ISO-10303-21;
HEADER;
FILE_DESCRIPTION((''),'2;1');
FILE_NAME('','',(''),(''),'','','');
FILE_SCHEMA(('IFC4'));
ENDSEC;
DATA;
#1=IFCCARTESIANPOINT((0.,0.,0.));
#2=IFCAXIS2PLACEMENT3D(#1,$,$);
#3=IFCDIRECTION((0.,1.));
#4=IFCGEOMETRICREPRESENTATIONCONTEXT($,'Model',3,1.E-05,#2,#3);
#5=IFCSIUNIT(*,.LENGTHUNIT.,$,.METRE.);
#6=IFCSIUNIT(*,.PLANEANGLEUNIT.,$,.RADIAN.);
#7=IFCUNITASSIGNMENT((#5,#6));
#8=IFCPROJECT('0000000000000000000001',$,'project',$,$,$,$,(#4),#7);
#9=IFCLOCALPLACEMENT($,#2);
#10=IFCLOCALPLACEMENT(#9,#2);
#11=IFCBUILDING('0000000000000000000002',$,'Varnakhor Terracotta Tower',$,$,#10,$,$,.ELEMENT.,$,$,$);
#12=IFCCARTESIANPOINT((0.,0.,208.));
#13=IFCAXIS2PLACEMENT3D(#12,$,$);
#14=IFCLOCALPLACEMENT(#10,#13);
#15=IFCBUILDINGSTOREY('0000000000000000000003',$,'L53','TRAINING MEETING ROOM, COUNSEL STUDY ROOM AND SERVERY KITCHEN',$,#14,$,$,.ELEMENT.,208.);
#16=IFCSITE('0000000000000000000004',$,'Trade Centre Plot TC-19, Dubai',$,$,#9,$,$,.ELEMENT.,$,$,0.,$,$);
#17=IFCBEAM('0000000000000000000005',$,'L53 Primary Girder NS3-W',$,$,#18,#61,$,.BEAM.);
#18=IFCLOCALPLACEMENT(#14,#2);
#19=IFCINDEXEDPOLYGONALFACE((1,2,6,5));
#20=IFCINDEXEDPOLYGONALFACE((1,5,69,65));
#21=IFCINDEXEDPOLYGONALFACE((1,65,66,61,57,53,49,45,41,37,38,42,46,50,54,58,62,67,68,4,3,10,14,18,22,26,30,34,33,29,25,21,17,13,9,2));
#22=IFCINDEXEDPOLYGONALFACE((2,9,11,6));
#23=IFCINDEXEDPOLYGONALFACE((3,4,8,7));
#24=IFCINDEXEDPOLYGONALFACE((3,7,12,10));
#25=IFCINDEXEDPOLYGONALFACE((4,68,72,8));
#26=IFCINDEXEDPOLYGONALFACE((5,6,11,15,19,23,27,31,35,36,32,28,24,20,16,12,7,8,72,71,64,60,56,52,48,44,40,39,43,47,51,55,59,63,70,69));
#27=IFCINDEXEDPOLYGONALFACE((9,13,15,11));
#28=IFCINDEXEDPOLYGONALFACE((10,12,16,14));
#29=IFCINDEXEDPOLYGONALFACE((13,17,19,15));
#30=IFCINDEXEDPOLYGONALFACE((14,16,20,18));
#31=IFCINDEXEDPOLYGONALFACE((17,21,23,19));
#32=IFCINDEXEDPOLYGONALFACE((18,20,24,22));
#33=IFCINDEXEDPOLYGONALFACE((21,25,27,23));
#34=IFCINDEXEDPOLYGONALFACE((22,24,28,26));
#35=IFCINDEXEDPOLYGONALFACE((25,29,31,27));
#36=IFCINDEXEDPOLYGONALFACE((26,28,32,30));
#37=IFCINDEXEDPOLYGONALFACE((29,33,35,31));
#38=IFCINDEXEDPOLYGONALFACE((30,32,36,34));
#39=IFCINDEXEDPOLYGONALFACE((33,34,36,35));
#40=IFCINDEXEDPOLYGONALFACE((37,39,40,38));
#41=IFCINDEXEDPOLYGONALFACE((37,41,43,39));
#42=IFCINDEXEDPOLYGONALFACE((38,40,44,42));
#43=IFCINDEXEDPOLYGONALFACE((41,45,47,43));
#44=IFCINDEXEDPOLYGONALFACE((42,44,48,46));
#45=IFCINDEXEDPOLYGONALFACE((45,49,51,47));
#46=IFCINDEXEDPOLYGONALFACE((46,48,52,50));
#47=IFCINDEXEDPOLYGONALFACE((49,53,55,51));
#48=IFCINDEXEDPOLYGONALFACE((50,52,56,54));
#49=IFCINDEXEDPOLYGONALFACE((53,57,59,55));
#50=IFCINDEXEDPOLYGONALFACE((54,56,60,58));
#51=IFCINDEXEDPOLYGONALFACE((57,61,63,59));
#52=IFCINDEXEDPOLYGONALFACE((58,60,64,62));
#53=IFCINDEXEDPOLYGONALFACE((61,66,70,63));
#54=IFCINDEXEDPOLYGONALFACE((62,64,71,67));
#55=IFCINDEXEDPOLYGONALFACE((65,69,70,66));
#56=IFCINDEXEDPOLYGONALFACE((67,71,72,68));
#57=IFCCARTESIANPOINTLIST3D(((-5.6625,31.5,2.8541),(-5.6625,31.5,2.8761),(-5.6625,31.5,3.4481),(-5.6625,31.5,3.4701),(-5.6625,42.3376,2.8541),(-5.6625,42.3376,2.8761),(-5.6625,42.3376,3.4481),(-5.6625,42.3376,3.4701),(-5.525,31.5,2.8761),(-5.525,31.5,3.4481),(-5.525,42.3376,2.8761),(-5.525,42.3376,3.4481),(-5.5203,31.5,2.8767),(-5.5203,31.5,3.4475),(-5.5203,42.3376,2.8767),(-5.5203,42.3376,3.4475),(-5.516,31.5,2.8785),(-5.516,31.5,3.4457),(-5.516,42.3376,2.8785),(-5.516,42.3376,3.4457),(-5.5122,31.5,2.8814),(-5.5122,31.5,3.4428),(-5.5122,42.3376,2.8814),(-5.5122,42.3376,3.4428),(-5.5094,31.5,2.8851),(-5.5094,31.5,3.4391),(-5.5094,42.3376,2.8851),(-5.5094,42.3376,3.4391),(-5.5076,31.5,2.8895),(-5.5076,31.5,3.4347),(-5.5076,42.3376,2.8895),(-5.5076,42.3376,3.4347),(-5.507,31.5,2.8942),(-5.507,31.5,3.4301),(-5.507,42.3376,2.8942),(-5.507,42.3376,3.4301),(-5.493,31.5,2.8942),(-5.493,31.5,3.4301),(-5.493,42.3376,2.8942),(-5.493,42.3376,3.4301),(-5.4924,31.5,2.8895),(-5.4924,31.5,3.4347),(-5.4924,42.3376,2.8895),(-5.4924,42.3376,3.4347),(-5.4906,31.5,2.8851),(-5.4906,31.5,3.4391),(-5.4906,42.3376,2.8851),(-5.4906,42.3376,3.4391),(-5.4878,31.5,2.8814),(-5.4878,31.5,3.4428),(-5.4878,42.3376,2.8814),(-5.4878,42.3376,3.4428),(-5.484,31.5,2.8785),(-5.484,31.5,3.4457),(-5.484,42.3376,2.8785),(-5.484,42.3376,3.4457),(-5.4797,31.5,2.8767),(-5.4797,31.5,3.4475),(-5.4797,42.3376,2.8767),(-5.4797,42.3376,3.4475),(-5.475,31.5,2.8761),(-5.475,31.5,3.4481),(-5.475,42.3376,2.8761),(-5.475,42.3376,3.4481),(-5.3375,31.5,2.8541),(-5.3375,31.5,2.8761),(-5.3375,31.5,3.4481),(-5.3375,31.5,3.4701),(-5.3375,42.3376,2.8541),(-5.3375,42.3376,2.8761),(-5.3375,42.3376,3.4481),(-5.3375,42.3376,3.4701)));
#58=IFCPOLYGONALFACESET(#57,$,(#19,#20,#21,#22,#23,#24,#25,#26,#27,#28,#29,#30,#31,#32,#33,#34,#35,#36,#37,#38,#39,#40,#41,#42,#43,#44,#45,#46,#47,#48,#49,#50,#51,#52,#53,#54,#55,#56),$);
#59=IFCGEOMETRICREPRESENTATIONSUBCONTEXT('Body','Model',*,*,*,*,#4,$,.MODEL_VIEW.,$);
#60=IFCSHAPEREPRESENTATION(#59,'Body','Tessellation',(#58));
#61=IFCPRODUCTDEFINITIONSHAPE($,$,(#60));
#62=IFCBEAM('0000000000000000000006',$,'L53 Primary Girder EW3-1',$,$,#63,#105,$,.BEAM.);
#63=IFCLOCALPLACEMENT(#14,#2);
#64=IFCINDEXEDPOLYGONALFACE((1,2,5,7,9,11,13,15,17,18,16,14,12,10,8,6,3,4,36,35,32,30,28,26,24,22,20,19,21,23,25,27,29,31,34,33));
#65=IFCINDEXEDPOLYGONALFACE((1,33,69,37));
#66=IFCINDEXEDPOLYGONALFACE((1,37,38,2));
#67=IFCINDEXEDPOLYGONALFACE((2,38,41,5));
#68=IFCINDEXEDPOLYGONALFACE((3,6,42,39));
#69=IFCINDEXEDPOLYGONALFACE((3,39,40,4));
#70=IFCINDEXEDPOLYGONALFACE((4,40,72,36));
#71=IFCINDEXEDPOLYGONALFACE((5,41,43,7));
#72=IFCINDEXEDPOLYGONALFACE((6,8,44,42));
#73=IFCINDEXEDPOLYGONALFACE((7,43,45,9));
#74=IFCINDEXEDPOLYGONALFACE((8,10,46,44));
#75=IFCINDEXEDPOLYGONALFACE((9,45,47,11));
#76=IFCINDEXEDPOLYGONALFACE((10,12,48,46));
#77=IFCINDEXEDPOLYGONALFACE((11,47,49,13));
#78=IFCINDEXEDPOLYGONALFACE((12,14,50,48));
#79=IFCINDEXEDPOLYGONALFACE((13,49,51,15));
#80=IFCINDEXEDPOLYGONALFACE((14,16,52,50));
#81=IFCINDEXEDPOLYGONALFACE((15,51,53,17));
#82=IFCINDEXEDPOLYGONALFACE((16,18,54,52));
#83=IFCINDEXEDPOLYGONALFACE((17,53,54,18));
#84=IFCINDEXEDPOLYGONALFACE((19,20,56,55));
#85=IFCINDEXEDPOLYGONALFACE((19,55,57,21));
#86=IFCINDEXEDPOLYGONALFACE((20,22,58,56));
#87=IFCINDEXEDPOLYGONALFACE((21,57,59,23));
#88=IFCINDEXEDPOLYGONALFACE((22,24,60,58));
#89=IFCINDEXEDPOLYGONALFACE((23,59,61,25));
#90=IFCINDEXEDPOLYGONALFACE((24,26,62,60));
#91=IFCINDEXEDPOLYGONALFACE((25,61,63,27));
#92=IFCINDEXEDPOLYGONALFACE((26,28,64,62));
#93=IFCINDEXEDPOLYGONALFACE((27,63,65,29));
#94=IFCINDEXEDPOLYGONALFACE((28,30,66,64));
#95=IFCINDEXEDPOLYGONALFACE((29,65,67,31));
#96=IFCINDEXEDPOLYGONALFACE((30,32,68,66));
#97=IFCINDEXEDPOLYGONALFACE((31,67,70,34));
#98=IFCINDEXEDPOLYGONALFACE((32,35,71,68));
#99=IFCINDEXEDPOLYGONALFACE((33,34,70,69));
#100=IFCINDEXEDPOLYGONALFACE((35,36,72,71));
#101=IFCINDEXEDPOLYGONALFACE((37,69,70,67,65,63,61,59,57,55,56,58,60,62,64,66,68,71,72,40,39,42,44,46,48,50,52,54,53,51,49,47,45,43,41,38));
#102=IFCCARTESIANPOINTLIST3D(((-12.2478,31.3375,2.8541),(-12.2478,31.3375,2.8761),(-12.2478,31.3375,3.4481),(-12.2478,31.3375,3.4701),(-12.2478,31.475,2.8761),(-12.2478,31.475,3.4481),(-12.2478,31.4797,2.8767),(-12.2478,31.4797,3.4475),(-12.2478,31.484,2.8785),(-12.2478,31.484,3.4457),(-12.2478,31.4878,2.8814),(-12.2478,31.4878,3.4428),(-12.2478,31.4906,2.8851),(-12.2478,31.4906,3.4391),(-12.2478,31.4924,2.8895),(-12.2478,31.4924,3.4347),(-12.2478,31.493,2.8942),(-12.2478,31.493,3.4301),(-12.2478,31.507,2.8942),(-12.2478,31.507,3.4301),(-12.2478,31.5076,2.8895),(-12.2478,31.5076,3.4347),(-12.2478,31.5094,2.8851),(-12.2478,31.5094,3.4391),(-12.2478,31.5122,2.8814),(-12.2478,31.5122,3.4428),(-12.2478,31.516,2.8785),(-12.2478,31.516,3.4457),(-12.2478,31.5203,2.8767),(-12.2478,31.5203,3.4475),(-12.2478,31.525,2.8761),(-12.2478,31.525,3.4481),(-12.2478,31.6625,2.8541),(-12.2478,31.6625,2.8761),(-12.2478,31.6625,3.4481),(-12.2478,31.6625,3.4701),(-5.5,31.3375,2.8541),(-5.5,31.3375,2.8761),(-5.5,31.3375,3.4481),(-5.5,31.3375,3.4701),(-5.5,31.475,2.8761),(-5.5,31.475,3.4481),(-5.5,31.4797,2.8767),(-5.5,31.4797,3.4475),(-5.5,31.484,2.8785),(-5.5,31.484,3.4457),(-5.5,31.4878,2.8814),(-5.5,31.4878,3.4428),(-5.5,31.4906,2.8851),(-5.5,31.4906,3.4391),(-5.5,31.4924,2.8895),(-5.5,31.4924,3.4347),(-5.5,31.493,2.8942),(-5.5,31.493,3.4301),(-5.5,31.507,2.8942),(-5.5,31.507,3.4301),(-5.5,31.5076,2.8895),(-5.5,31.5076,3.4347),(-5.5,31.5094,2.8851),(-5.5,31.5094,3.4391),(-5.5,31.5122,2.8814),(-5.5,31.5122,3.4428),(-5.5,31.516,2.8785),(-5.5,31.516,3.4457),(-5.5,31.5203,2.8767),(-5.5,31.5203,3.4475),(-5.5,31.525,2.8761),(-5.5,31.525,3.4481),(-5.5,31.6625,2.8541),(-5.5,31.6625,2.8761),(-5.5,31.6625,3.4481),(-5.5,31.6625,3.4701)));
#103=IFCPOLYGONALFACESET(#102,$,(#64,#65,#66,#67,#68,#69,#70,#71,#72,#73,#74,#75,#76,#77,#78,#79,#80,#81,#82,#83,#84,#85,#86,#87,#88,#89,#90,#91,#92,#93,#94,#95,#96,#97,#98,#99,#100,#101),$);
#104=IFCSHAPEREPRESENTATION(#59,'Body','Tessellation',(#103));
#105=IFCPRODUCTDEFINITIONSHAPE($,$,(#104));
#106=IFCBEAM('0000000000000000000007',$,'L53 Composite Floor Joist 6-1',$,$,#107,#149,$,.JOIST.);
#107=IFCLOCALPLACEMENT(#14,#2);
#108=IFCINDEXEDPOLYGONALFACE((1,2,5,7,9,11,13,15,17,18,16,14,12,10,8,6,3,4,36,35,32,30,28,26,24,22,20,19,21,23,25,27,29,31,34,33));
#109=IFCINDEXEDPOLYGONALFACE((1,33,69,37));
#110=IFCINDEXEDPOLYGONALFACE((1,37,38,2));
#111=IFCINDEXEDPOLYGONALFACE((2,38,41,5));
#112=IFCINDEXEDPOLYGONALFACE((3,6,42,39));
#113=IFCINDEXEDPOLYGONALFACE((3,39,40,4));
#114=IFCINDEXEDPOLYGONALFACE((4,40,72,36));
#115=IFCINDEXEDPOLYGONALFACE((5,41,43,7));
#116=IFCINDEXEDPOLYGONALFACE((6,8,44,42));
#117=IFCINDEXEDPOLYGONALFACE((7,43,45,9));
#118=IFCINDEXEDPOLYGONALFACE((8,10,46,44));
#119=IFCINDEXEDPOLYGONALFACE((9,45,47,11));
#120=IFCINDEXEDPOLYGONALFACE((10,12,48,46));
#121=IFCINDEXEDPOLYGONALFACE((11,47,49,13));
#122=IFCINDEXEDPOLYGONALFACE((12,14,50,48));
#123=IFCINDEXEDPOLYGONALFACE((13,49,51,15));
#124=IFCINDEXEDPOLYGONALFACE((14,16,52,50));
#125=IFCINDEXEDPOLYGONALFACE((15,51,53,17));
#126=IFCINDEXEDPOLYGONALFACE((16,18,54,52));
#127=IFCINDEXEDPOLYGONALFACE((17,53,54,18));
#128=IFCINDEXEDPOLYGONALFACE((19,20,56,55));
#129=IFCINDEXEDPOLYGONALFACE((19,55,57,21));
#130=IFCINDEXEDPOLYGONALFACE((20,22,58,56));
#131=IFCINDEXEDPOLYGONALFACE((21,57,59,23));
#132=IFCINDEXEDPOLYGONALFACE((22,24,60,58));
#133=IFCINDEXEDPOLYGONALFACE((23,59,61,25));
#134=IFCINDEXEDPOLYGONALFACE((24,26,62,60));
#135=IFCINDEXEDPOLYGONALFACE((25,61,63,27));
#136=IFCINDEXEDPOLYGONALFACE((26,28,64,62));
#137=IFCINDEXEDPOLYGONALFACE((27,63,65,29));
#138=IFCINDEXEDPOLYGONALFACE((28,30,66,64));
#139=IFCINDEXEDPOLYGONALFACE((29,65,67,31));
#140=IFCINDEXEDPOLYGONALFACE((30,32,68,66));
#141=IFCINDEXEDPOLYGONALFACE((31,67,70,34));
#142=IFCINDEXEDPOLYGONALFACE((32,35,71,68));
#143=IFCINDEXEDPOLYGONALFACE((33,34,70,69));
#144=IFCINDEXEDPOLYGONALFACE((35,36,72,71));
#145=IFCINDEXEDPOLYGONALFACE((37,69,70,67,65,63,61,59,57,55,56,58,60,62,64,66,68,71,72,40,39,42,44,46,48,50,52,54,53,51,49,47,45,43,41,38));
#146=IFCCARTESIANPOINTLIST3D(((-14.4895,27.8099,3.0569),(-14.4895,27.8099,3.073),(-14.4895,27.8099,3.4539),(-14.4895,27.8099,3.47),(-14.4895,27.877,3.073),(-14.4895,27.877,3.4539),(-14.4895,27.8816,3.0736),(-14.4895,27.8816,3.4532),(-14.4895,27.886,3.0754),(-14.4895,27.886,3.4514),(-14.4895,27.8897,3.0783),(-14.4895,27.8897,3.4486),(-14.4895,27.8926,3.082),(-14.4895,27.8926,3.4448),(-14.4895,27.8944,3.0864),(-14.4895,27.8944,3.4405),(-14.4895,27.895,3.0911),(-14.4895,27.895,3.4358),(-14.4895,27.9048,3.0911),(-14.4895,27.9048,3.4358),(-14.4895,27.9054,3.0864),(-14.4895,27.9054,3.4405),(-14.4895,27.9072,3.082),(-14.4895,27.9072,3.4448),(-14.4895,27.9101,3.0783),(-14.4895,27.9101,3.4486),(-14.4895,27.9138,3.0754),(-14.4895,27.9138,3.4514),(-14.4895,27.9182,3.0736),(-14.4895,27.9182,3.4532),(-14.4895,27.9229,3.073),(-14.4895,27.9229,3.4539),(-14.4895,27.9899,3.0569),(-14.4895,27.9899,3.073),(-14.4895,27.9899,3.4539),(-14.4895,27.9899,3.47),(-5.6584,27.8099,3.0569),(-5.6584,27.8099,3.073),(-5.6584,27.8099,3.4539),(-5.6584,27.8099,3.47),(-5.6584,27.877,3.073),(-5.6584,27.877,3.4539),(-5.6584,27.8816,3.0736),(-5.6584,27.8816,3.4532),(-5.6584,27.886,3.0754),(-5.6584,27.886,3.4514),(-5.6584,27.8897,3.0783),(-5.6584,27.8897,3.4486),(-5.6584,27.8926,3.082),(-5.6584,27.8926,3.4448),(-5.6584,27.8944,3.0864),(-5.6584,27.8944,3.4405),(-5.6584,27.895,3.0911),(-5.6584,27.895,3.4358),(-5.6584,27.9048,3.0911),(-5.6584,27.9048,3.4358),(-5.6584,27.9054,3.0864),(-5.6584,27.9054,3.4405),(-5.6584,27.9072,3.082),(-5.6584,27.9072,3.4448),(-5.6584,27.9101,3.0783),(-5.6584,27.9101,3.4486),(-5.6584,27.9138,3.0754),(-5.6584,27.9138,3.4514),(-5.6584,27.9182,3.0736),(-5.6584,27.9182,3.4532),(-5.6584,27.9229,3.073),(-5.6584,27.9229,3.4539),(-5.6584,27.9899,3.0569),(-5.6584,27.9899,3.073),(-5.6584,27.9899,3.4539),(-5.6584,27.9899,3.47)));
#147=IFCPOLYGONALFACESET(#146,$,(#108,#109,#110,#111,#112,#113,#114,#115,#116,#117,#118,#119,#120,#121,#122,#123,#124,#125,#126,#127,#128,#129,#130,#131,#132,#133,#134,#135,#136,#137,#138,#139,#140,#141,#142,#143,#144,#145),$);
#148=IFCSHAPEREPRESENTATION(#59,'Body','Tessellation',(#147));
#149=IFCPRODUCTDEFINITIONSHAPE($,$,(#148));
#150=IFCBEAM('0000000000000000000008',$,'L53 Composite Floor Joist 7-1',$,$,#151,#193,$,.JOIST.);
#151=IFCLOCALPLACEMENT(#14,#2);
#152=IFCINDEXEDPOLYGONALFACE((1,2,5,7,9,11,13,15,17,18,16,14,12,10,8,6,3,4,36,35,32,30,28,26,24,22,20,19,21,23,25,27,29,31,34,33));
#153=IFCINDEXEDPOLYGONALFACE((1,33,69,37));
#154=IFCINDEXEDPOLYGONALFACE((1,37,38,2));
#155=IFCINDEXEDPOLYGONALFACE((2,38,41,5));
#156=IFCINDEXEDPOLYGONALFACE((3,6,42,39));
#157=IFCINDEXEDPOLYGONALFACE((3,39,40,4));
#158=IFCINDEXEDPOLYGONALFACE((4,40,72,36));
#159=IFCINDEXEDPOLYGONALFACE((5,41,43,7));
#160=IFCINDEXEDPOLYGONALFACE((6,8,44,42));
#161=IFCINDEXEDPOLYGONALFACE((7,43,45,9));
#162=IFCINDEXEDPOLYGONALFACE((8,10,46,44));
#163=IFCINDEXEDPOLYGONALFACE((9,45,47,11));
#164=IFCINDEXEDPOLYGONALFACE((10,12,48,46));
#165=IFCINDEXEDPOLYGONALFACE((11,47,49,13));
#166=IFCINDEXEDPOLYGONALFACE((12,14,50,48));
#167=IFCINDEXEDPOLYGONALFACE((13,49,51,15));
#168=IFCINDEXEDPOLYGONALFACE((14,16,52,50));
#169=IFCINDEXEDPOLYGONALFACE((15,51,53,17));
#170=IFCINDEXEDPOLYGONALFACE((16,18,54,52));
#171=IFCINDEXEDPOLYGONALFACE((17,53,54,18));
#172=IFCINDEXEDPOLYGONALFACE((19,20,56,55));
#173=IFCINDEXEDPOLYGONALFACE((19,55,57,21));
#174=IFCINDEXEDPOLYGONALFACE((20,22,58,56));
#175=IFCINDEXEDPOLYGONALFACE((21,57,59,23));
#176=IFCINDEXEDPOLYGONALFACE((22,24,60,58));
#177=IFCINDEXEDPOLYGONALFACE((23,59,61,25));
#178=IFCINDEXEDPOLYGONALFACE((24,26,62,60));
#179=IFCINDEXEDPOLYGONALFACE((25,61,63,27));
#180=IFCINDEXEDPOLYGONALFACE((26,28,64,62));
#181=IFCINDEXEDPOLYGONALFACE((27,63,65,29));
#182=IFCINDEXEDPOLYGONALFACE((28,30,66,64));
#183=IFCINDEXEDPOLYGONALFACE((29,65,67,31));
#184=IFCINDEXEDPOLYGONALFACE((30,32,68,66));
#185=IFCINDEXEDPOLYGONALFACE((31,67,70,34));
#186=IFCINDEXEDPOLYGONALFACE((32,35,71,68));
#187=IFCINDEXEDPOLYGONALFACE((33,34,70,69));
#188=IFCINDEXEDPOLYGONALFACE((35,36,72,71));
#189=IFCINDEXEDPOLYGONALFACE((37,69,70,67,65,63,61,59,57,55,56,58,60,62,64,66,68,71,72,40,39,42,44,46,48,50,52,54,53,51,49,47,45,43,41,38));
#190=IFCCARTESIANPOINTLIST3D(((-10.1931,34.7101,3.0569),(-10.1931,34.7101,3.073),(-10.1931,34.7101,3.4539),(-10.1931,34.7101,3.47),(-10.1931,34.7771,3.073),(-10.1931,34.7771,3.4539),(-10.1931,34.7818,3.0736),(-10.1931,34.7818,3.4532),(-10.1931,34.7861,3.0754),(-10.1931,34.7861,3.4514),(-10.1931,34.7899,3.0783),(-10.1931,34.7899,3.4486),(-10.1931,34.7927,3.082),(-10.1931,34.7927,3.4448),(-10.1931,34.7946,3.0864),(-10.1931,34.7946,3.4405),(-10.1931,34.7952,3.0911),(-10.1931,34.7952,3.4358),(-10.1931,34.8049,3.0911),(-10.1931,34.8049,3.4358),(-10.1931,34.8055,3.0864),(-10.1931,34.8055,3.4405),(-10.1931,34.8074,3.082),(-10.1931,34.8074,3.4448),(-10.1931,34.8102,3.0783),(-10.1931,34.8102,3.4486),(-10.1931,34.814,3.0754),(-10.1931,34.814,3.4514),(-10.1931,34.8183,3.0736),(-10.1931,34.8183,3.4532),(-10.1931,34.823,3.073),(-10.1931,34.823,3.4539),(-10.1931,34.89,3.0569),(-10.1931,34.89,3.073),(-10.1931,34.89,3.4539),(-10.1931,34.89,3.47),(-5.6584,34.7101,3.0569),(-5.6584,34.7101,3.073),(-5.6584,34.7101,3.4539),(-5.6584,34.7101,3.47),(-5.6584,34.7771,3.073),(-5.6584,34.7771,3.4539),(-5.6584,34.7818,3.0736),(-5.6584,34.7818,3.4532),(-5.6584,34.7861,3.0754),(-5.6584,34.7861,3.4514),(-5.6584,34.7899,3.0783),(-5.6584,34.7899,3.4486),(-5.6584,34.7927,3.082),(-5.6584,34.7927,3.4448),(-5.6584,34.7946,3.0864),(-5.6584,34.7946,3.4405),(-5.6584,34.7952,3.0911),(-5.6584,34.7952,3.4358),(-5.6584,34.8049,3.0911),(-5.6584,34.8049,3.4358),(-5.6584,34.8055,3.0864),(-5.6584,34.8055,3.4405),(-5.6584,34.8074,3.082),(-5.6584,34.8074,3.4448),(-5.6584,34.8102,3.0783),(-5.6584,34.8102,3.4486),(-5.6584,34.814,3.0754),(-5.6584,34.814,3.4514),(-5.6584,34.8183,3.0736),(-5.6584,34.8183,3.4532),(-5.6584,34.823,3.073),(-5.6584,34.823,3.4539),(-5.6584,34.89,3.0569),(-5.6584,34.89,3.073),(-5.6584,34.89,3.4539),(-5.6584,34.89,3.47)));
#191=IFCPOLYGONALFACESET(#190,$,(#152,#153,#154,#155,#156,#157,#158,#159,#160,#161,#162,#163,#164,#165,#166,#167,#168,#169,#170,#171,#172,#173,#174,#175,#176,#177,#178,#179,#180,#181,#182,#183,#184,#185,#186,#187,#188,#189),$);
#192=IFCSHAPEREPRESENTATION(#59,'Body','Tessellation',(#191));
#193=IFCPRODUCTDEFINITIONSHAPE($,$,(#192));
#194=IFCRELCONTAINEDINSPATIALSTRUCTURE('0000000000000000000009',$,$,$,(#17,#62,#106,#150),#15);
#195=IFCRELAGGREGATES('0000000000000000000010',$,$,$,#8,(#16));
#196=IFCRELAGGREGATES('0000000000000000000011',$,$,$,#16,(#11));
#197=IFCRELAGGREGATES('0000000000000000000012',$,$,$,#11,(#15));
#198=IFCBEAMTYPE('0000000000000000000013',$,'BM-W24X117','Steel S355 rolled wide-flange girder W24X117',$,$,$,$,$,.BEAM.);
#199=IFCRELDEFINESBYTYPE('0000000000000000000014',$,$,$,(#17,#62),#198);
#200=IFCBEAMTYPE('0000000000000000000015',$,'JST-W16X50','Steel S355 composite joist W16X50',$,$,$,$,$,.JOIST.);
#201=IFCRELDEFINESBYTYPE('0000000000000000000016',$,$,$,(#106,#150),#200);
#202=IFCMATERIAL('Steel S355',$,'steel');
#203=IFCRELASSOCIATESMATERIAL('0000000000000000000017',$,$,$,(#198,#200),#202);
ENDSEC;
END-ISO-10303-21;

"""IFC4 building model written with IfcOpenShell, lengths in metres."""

from ifc_helpers import new_model, si_unit, direction, frame, origin, origin_2d, place, context, subcontext, project, spatial, i_section, extrude, source, transform, mapped, material, material_profile, profile_set, type_object, element, save


model = new_model("IFC4")

# Units and contexts
model_context = context("Model", 3, precision=1e-05, world=origin(), true_north=direction((0.0, 1.0)))
body_context = subcontext(model_context, "Body", "Model", "MODEL_VIEW")
ifc_project = project(units=[si_unit("LENGTHUNIT", "METRE"), si_unit("PLANEANGLEUNIT", "RADIAN")], contexts=[model_context])

# Site, building, storey
site_placement = place(None, origin())
site = spatial("IfcSite", under=ifc_project, at=site_placement, Name="Trade Centre Plot TC-19, Dubai", CompositionType="ELEMENT", RefElevation=0.0)
building_placement = place(site_placement, origin())
building = spatial("IfcBuilding", under=site, at=building_placement, Name="Varnakhor Terracotta Tower", CompositionType="ELEMENT")
storey_placement = place(building_placement, frame((0.0, 0.0, 208.0)))
storey = spatial("IfcBuildingStorey", under=building, at=storey_placement, Name="L53", Description="TRAINING MEETING ROOM, COUNSEL STUDY ROOM AND SERVERY KITCHEN", CompositionType="ELEMENT", Elevation=208.0)

# Beams
ifc_material_1 = material(Name="Steel S355", Category="steel")
ifc_material_profile_1 = material_profile(ifc_material_1, i_section(OverallWidth=0.325, OverallDepth=0.616, WebThickness=0.0139, FlangeThickness=0.022, FilletRadius=0.0181, at=origin_2d()), Name="W24X117")
ifc_profile_set_1 = profile_set([ifc_material_profile_1], Name="Steel S355")
beam_type_1 = type_object("IfcBeamType", Name="BM-W24X117", Description="Steel S355 rolled wide-flange girder W24X117", PredefinedType="BEAM", material=ifc_profile_set_1)
ifc_material_profile_2 = material_profile(ifc_material_1, i_section(OverallWidth=0.1799, OverallDepth=0.4131, WebThickness=0.0098, FlangeThickness=0.0161, FilletRadius=0.0181, at=origin_2d()), Name="W16X50")
ifc_profile_set_2 = profile_set([ifc_material_profile_2], Name="Steel S355")
beam_type_2 = type_object("IfcBeamType", Name="JST-W16X50", Description="Steel S355 composite joist W16X50", PredefinedType="JOIST", material=ifc_profile_set_2)
shared_shape_1 = source(origin(), body_context, "Body", "SweptSolid", [
    extrude(i_section(OverallWidth=0.325, OverallDepth=0.616, WebThickness=0.0139, FlangeThickness=0.022, FilletRadius=0.0181, at=origin_2d()), origin(), (0.0, 0.0, 1.0), 10.8376),
])
beam_1_placement = place(storey_placement, frame((-5.5, 31.5, 3.1621), z_axis=(0.0, 1.0, 0.0), x_axis=(-1.0, 0.0, 0.0)))
element("IfcBeam", 1, at=beam_1_placement, inside=storey, type_object=beam_type_1, Name="L53 Primary Girder NS3-W", PredefinedType="BEAM", context=body_context, shape_type="MappedRepresentation", body=[
    mapped(shared_shape_1, transform((0.0, 0.0, 0.0), scale=1.0)),
])
shared_shape_2 = source(origin(), body_context, "Body", "SweptSolid", [
    extrude(i_section(OverallWidth=0.325, OverallDepth=0.616, WebThickness=0.0139, FlangeThickness=0.022, FilletRadius=0.0181, at=origin_2d()), origin(), (0.0, 0.0, 1.0), 6.7478),
])
beam_2_placement = place(storey_placement, frame((-12.2478, 31.5, 3.1621), z_axis=(1.0, 0.0, 0.0), x_axis=(0.0, 1.0, 0.0)))
element("IfcBeam", 2, at=beam_2_placement, inside=storey, type_object=beam_type_1, Name="L53 Primary Girder EW3-1", PredefinedType="BEAM", context=body_context, shape_type="MappedRepresentation", body=[
    mapped(shared_shape_2, transform((0.0, 0.0, 0.0), scale=1.0)),
])
shared_shape_3 = source(origin(), body_context, "Body", "SweptSolid", [
    extrude(i_section(OverallWidth=0.1799, OverallDepth=0.4131, WebThickness=0.0098, FlangeThickness=0.0161, FilletRadius=0.0181, at=origin_2d()), origin(), (0.0, 0.0, 1.0), 8.8311),
])
beam_3_placement = place(storey_placement, frame((-14.4895, 27.8999, 3.2634), z_axis=(1.0, 0.0, 0.0), x_axis=(0.0, 1.0, 0.0)))
element("IfcBeam", 3, at=beam_3_placement, inside=storey, type_object=beam_type_2, Name="L53 Composite Floor Joist 6-1", PredefinedType="JOIST", context=body_context, shape_type="MappedRepresentation", body=[
    mapped(shared_shape_3, transform((0.0, 0.0, 0.0), scale=1.0)),
])
shared_shape_4 = source(origin(), body_context, "Body", "SweptSolid", [
    extrude(i_section(OverallWidth=0.1799, OverallDepth=0.4131, WebThickness=0.0098, FlangeThickness=0.0161, FilletRadius=0.0181, at=origin_2d()), origin(), (0.0, 0.0, 1.0), 4.5347),
])
beam_4_placement = place(storey_placement, frame((-10.1931, 34.8, 3.2634), z_axis=(1.0, 0.0, 0.0), x_axis=(0.0, 1.0, 0.0)))
element("IfcBeam", 4, at=beam_4_placement, inside=storey, type_object=beam_type_2, Name="L53 Composite Floor Joist 7-1", PredefinedType="JOIST", context=body_context, shape_type="MappedRepresentation", body=[
    mapped(shared_shape_4, transform((0.0, 0.0, 0.0), scale=1.0)),
])

save(model, "model.ifc")
